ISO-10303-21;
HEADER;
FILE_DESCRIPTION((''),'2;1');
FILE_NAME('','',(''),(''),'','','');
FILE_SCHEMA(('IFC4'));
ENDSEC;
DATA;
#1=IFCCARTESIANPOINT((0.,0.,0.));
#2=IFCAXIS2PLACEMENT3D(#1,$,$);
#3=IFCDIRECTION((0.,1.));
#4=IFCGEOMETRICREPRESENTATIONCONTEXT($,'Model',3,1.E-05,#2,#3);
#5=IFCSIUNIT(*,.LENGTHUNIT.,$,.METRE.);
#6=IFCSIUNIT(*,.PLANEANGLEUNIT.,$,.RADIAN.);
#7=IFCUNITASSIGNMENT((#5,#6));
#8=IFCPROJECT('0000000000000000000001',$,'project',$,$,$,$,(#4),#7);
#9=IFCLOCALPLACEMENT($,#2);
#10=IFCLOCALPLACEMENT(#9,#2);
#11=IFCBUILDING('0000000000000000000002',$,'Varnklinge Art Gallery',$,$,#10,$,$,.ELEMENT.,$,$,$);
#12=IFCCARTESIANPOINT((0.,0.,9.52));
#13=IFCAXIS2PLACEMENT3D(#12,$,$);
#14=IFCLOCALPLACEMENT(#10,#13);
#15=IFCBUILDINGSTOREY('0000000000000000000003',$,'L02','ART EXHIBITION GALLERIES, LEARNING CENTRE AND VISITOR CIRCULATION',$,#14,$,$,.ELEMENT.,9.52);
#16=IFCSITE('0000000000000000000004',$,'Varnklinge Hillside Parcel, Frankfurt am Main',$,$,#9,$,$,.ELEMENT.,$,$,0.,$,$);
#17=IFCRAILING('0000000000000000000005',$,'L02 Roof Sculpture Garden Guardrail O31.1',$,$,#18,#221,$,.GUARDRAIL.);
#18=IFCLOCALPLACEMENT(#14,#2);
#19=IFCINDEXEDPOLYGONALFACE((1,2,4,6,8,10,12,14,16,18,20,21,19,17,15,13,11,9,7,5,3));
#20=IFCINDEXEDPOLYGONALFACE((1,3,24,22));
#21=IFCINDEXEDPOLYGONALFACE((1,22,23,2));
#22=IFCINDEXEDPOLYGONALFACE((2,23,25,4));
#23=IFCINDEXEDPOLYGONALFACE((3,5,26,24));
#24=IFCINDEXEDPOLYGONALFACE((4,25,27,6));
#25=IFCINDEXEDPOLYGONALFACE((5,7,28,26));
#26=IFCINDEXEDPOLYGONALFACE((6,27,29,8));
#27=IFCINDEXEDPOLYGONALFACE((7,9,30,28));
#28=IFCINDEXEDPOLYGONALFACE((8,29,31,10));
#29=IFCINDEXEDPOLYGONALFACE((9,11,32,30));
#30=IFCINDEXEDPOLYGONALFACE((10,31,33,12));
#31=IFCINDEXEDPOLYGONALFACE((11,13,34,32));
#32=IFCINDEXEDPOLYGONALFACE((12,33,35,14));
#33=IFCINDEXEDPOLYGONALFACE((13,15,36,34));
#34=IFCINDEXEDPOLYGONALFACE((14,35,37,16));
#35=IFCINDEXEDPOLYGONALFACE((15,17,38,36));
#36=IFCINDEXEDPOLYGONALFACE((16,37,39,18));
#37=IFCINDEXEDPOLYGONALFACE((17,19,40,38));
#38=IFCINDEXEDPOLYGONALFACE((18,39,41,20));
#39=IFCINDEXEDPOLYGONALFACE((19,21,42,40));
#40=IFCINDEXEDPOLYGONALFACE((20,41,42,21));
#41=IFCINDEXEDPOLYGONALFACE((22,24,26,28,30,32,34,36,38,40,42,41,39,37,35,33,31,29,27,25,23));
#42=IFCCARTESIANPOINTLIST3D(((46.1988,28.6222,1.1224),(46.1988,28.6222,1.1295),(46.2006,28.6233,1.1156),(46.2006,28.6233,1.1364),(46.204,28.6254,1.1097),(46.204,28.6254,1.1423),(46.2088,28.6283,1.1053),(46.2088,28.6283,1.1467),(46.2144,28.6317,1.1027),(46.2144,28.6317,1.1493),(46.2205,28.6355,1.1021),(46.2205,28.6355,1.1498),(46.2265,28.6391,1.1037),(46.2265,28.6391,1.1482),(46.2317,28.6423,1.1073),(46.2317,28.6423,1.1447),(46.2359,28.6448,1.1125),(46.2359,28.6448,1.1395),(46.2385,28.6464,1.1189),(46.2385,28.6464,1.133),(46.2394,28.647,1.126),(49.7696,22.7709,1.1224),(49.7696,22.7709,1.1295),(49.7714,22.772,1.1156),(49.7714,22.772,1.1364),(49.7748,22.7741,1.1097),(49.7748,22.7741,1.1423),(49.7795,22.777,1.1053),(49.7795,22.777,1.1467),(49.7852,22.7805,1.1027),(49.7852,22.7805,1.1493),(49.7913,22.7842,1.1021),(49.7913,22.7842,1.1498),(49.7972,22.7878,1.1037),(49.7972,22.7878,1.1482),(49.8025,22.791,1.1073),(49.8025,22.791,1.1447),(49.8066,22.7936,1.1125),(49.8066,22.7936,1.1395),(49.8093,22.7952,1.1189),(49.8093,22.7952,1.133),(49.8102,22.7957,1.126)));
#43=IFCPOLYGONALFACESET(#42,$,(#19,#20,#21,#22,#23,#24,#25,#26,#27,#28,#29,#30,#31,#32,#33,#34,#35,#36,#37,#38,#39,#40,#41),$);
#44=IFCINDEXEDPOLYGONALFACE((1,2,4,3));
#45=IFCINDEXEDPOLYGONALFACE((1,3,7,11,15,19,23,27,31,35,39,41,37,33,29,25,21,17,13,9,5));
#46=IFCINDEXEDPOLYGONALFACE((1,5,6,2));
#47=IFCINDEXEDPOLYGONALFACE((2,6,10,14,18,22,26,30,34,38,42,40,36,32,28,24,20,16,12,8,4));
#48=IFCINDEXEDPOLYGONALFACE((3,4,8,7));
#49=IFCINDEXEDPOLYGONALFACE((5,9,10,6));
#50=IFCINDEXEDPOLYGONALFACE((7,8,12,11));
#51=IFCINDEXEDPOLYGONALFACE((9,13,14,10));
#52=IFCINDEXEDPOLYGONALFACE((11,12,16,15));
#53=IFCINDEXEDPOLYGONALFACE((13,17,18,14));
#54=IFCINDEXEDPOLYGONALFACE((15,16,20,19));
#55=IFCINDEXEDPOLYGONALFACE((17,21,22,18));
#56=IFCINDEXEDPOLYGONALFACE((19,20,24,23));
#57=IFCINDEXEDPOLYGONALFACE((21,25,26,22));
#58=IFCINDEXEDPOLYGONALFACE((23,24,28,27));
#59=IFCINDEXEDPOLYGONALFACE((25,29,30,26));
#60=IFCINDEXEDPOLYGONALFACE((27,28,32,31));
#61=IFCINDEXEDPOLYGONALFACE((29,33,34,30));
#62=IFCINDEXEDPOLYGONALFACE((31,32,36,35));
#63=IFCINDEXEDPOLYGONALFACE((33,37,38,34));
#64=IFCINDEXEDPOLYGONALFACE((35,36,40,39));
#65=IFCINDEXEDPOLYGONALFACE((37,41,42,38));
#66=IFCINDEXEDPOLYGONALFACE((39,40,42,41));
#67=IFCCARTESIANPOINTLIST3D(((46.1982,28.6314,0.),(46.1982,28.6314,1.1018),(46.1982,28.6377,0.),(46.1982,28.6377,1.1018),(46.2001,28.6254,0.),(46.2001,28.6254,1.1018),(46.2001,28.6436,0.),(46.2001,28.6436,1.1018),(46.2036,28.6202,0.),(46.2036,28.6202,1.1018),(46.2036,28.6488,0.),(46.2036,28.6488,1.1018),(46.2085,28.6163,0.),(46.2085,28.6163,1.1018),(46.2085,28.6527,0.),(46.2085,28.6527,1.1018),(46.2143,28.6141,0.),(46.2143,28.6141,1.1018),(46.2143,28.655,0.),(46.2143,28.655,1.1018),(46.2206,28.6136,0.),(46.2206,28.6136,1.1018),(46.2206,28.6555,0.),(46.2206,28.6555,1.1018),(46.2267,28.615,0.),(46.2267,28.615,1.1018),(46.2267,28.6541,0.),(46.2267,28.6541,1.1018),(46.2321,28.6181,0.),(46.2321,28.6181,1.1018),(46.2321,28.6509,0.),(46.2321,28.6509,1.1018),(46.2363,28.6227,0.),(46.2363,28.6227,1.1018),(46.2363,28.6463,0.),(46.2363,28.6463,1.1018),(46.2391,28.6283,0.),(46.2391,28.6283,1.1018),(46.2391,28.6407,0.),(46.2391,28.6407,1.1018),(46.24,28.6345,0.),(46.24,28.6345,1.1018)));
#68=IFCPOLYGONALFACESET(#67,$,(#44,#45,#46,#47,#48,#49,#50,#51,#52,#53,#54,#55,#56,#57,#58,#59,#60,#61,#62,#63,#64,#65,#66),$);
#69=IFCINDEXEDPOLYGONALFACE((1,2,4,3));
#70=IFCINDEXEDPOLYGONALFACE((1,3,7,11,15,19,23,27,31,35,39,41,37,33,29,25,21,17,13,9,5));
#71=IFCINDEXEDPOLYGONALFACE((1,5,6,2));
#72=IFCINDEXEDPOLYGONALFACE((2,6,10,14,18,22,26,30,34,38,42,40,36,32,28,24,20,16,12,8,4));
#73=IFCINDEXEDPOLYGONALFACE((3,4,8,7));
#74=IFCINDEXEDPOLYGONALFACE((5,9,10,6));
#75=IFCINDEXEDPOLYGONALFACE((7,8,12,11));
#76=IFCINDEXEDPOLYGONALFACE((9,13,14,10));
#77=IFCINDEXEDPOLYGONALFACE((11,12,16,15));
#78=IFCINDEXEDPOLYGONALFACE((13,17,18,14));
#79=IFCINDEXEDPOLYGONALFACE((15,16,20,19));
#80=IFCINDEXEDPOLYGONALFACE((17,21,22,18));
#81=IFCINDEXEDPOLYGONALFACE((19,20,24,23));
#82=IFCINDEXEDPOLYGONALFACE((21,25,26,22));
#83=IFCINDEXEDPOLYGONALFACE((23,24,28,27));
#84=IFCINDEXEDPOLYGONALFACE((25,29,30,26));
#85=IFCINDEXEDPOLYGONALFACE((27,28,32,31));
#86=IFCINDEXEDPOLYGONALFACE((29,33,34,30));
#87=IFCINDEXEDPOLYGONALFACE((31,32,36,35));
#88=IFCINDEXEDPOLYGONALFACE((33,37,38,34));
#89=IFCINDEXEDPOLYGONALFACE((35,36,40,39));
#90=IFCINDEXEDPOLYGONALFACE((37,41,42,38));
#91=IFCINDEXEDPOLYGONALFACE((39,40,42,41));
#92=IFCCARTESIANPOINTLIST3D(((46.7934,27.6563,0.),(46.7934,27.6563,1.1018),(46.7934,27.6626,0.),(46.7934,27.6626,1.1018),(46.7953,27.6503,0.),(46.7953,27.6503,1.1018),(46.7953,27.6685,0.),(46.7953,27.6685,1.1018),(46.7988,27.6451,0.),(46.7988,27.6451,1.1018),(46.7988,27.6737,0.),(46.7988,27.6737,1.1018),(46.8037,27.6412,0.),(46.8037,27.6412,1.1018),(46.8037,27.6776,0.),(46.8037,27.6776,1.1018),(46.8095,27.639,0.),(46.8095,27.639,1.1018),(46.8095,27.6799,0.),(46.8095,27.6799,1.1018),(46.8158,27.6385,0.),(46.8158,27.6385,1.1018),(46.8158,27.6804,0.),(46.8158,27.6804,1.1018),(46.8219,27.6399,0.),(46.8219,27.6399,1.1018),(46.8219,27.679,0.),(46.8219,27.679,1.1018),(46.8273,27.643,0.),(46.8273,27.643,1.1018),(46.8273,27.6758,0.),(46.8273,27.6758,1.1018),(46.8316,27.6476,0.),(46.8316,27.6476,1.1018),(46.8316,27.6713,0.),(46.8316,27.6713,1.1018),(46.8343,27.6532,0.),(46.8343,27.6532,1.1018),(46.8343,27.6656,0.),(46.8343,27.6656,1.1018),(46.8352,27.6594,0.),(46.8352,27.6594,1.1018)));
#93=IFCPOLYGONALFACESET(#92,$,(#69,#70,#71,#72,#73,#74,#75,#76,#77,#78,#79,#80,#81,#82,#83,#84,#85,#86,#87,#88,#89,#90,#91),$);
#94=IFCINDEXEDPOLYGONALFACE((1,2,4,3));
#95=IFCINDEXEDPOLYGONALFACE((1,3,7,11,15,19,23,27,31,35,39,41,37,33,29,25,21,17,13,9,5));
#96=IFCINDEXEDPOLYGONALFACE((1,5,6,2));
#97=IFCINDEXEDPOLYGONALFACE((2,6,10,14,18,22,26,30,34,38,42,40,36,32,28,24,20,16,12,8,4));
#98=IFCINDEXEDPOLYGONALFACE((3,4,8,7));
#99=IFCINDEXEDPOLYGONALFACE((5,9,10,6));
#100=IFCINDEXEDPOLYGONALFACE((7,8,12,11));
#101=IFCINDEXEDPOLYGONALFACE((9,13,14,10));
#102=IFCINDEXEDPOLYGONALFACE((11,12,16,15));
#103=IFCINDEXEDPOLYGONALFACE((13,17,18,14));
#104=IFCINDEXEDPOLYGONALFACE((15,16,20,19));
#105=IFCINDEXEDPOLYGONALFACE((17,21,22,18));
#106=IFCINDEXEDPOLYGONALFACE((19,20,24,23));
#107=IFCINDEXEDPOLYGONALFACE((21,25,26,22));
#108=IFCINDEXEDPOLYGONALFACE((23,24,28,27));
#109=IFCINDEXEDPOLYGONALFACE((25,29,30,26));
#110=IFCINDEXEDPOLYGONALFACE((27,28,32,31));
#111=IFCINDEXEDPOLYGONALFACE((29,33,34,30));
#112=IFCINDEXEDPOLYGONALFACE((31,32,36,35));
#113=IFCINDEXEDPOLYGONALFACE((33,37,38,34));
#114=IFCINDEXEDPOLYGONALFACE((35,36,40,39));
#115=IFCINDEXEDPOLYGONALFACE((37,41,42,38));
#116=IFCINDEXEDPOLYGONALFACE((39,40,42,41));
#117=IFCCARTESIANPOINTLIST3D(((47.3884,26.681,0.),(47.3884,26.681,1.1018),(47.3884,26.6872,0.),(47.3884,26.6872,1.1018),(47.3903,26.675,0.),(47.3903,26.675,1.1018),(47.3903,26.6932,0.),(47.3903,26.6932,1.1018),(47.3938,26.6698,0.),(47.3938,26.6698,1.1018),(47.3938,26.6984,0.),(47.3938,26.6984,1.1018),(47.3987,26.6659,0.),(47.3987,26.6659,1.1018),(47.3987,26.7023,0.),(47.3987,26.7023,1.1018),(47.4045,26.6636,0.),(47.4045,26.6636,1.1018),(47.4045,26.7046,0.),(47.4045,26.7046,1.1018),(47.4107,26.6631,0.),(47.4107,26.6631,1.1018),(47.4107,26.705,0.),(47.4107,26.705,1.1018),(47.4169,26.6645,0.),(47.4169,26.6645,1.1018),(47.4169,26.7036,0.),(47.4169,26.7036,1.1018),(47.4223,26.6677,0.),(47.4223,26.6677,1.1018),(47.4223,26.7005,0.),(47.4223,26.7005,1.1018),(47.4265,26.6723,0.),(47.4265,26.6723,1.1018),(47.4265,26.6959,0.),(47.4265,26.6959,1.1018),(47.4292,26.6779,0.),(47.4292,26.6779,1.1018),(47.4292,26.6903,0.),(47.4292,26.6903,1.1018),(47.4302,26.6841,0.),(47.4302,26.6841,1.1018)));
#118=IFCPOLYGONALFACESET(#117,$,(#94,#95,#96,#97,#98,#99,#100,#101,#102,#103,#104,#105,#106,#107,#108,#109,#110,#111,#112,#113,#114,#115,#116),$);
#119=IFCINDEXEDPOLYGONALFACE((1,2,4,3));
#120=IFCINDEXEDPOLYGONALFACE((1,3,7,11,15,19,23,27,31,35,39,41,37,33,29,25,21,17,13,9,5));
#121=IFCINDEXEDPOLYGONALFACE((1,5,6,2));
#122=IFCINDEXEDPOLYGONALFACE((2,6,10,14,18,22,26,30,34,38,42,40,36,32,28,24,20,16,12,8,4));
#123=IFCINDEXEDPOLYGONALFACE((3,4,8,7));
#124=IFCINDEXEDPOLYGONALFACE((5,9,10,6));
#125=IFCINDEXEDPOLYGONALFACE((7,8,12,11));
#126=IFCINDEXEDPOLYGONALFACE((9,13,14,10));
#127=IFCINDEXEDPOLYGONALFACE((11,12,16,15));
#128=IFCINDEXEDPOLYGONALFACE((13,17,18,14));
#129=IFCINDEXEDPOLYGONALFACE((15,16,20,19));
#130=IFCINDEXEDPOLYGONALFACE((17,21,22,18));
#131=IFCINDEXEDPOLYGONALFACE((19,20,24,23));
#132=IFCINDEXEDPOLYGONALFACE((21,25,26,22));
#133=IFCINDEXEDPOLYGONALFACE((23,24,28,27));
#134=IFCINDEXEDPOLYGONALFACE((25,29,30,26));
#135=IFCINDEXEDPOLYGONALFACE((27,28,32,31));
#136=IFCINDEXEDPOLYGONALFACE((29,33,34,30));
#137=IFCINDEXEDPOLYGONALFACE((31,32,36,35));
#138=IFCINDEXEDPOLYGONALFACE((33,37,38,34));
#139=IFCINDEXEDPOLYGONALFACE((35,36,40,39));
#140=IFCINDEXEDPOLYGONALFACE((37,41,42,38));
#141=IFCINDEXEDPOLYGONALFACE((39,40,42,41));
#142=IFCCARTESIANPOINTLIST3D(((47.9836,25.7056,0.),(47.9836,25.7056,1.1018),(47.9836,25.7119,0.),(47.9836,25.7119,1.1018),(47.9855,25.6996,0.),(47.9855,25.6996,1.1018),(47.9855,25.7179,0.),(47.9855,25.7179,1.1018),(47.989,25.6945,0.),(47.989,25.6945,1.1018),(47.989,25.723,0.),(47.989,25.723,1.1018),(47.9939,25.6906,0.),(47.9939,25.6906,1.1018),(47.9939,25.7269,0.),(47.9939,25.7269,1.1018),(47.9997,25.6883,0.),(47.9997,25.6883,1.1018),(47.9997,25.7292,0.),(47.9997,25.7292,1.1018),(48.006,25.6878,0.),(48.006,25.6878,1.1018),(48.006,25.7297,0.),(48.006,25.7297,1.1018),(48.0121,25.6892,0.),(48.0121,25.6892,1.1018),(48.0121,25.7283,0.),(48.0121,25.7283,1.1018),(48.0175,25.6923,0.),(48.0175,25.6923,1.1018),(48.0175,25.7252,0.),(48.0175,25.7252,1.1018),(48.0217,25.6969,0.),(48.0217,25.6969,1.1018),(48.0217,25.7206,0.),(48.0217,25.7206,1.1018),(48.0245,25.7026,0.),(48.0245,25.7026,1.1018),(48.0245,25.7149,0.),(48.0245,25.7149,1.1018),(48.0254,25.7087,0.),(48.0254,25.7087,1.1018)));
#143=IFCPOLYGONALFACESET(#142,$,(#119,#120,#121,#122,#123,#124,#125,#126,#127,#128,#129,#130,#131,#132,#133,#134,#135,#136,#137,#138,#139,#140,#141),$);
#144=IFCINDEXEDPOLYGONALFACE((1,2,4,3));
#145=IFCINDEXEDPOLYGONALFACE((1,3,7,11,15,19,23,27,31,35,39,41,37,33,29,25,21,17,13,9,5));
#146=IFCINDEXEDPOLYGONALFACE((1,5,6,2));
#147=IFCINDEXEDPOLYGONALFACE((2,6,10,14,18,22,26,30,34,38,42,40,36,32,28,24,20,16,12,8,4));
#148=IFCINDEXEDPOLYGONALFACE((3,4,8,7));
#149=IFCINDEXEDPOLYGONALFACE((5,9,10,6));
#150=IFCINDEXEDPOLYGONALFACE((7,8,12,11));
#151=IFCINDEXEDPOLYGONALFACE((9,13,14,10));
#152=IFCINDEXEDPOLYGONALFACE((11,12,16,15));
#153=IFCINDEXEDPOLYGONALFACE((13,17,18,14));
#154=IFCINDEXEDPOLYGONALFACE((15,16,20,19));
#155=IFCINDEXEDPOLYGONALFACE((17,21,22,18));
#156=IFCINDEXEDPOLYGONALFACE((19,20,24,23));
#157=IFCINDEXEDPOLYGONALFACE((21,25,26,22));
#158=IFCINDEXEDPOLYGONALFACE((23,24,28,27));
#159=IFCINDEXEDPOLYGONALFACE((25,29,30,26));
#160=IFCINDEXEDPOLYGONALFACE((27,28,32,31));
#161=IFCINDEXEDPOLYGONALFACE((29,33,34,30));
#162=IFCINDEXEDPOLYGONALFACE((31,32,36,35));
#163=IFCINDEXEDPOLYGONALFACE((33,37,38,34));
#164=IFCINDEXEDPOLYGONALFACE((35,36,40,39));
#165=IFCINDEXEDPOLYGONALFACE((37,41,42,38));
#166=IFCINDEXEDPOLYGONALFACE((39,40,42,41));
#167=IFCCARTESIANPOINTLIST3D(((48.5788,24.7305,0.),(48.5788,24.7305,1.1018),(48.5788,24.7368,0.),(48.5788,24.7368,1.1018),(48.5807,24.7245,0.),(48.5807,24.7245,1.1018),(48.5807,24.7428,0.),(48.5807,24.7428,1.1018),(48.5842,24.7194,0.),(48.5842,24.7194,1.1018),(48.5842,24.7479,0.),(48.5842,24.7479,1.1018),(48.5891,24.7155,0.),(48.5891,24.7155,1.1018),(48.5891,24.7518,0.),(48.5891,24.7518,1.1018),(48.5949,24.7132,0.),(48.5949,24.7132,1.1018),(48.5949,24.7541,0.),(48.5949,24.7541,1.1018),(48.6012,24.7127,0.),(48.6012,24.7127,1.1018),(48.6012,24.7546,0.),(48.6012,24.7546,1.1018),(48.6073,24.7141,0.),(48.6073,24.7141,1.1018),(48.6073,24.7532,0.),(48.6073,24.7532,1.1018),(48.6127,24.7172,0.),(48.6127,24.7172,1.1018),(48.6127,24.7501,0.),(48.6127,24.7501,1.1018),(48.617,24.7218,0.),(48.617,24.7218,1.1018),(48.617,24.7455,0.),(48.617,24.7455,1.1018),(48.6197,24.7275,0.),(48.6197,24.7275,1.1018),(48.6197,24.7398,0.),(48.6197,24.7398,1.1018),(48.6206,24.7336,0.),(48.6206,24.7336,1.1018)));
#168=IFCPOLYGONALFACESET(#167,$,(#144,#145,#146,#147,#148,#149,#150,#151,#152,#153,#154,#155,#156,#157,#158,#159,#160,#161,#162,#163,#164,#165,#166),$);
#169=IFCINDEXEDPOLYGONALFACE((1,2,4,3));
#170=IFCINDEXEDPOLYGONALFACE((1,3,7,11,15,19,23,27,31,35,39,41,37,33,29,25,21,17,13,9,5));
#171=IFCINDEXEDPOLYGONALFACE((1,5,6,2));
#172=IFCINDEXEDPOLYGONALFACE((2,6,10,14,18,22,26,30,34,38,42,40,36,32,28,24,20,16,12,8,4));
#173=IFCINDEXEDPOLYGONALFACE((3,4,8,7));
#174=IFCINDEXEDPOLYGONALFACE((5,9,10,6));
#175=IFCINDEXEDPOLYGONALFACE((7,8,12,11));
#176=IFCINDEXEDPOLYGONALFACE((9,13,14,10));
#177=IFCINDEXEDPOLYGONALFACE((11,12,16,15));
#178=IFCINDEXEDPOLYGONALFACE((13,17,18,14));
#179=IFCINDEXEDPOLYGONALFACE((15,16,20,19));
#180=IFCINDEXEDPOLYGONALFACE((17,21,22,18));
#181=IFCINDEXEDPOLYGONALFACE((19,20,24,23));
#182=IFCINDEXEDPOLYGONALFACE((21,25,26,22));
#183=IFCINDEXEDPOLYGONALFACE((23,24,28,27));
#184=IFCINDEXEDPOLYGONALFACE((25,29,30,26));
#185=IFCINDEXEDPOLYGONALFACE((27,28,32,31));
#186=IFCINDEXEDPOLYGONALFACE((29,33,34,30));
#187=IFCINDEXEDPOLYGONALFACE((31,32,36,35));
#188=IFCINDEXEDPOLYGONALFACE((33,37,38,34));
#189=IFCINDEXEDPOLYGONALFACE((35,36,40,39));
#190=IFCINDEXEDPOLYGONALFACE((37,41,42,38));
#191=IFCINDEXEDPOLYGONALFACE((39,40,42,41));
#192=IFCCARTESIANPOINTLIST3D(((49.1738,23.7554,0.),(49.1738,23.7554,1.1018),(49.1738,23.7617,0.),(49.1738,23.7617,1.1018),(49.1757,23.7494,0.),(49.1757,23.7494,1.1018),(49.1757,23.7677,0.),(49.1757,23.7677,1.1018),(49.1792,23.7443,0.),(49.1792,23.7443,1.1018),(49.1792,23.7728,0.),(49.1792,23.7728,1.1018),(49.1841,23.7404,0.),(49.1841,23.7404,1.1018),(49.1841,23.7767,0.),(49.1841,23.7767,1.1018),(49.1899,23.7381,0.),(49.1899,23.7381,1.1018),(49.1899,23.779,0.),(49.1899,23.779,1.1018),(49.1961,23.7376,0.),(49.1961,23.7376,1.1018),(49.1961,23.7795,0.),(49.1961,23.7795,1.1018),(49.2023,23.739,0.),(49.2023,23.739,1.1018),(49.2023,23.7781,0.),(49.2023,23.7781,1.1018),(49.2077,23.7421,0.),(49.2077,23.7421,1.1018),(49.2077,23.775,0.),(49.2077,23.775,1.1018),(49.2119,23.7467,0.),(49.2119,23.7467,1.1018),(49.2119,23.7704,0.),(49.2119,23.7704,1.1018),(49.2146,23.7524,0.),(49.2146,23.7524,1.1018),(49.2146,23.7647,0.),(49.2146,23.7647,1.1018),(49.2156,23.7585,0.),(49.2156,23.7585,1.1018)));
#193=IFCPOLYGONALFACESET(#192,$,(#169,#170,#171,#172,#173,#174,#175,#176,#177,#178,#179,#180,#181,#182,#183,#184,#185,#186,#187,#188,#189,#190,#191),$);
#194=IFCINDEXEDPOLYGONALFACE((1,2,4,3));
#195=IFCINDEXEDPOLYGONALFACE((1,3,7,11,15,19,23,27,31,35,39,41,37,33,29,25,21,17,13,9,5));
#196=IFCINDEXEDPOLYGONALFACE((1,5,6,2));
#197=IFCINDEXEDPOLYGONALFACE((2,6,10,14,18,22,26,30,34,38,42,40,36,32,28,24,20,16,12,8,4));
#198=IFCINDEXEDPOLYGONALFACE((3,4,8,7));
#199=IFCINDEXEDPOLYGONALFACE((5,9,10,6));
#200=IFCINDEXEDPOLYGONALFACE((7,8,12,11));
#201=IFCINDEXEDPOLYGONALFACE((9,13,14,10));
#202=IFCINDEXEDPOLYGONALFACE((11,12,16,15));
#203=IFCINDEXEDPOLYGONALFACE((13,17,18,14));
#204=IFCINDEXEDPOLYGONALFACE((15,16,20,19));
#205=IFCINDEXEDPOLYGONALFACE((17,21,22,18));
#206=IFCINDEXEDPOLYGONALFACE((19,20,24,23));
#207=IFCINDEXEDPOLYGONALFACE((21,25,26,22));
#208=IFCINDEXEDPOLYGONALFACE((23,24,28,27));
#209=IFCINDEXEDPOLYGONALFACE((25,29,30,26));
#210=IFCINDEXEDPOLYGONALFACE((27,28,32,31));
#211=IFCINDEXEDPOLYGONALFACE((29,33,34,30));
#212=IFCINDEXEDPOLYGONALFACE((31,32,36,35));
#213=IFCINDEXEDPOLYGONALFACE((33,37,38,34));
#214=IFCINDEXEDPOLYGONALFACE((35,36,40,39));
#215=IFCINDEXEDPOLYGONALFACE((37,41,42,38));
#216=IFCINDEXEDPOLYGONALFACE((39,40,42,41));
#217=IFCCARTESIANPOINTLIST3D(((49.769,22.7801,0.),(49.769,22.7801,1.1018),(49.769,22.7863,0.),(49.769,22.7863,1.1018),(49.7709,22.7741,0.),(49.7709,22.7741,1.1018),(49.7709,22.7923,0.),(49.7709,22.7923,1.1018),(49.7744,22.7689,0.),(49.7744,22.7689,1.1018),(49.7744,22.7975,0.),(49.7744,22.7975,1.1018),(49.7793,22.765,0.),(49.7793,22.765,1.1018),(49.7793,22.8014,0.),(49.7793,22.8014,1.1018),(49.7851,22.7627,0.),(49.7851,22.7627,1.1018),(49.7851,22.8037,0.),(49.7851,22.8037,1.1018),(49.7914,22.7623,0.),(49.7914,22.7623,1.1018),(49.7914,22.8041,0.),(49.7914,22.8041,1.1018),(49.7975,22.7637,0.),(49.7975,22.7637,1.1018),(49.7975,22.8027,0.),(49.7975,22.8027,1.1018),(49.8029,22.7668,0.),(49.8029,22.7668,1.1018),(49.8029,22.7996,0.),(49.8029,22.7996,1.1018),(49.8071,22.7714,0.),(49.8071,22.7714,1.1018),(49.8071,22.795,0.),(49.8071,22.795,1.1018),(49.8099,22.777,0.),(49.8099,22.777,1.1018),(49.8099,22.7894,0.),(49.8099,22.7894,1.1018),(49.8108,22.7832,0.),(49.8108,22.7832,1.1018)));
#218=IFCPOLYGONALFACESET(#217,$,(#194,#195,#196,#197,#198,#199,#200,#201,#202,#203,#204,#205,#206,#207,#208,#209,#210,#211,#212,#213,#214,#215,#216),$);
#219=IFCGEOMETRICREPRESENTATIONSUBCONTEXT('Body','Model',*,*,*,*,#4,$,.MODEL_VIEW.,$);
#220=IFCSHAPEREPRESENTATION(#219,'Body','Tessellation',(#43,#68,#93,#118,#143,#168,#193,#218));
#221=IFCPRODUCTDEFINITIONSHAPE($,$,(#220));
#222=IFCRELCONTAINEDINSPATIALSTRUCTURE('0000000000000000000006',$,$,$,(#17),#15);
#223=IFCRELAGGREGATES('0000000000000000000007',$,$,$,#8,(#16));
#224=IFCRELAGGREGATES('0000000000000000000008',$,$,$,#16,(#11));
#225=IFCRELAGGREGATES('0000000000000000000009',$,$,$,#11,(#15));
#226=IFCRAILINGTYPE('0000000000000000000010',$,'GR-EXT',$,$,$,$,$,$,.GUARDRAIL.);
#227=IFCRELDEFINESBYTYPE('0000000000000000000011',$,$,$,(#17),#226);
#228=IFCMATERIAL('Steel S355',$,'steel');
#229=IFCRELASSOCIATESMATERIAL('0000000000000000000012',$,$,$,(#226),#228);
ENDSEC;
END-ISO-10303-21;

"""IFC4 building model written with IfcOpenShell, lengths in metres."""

from ifc_helpers import new_model, si_unit, direction, frame, origin, origin_2d, place, context, subcontext, project, spatial, circle, extrude, material, type_object, element, save


model = new_model("IFC4")

# Units and contexts
model_context = context("Model", 3, precision=1e-05, world=origin(), true_north=direction((0.0, 1.0)))
body_context = subcontext(model_context, "Body", "Model", "MODEL_VIEW")
ifc_project = project(units=[si_unit("LENGTHUNIT", "METRE"), si_unit("PLANEANGLEUNIT", "RADIAN")], contexts=[model_context])

# Site, building, storey
site_placement = place(None, origin())
site = spatial("IfcSite", under=ifc_project, at=site_placement, Name="Varnklinge Hillside Parcel, Frankfurt am Main", CompositionType="ELEMENT", RefElevation=0.0)
building_placement = place(site_placement, origin())
building = spatial("IfcBuilding", under=site, at=building_placement, Name="Varnklinge Art Gallery", CompositionType="ELEMENT")
storey_placement = place(building_placement, frame((0.0, 0.0, 9.52)))
storey = spatial("IfcBuildingStorey", under=building, at=storey_placement, Name="L02", Description="ART EXHIBITION GALLERIES, LEARNING CENTRE AND VISITOR CIRCULATION", CompositionType="ELEMENT", Elevation=9.52)

# Railing
ifc_material_1 = material(Name="Steel S355", Category="steel")
railing_type = type_object("IfcRailingType", Name="GR-EXT", PredefinedType="GUARDRAIL", material=ifc_material_1)
railing_1_placement = place(storey_placement, frame((46.219, 28.6345, 0.0)))
element("IfcRailing", 1, at=railing_1_placement, inside=storey, type_object=railing_type, Name="L02 Roof Sculpture Garden Guardrail O31.1", PredefinedType="GUARDRAIL", context=body_context, shape_type="SweptSolid", body=[
    extrude(circle(Radius=0.0239, at=origin_2d()), frame((0.0, 0.0, 1.126), z_axis=(0.520918, -0.853607, 0.0), x_axis=(0.853607, 0.520918, 0.0)), (0.0, 0.0, 1.0), 6.8547),
    extrude(circle(Radius=0.021, at=origin_2d()), origin(), (0.0, 0.0, 1.0), 1.1018),
    extrude(circle(Radius=0.021, at=origin_2d()), frame((0.5952, -0.9751, 0.0)), (0.0, 0.0, 1.0), 1.1018),
    extrude(circle(Radius=0.021, at=origin_2d()), frame((1.1902, -1.9504, 0.0)), (0.0, 0.0, 1.0), 1.1018),
    extrude(circle(Radius=0.021, at=origin_2d()), frame((1.7854, -2.9258, 0.0)), (0.0, 0.0, 1.0), 1.1018),
    extrude(circle(Radius=0.021, at=origin_2d()), frame((2.3806, -3.9009, 0.0)), (0.0, 0.0, 1.0), 1.1018),
    extrude(circle(Radius=0.021, at=origin_2d()), frame((2.9756, -4.876, 0.0)), (0.0, 0.0, 1.0), 1.1018),
    extrude(circle(Radius=0.021, at=origin_2d()), frame((3.5708, -5.8513, 0.0)), (0.0, 0.0, 1.0), 1.1018),
])

save(model, "model.ifc")
